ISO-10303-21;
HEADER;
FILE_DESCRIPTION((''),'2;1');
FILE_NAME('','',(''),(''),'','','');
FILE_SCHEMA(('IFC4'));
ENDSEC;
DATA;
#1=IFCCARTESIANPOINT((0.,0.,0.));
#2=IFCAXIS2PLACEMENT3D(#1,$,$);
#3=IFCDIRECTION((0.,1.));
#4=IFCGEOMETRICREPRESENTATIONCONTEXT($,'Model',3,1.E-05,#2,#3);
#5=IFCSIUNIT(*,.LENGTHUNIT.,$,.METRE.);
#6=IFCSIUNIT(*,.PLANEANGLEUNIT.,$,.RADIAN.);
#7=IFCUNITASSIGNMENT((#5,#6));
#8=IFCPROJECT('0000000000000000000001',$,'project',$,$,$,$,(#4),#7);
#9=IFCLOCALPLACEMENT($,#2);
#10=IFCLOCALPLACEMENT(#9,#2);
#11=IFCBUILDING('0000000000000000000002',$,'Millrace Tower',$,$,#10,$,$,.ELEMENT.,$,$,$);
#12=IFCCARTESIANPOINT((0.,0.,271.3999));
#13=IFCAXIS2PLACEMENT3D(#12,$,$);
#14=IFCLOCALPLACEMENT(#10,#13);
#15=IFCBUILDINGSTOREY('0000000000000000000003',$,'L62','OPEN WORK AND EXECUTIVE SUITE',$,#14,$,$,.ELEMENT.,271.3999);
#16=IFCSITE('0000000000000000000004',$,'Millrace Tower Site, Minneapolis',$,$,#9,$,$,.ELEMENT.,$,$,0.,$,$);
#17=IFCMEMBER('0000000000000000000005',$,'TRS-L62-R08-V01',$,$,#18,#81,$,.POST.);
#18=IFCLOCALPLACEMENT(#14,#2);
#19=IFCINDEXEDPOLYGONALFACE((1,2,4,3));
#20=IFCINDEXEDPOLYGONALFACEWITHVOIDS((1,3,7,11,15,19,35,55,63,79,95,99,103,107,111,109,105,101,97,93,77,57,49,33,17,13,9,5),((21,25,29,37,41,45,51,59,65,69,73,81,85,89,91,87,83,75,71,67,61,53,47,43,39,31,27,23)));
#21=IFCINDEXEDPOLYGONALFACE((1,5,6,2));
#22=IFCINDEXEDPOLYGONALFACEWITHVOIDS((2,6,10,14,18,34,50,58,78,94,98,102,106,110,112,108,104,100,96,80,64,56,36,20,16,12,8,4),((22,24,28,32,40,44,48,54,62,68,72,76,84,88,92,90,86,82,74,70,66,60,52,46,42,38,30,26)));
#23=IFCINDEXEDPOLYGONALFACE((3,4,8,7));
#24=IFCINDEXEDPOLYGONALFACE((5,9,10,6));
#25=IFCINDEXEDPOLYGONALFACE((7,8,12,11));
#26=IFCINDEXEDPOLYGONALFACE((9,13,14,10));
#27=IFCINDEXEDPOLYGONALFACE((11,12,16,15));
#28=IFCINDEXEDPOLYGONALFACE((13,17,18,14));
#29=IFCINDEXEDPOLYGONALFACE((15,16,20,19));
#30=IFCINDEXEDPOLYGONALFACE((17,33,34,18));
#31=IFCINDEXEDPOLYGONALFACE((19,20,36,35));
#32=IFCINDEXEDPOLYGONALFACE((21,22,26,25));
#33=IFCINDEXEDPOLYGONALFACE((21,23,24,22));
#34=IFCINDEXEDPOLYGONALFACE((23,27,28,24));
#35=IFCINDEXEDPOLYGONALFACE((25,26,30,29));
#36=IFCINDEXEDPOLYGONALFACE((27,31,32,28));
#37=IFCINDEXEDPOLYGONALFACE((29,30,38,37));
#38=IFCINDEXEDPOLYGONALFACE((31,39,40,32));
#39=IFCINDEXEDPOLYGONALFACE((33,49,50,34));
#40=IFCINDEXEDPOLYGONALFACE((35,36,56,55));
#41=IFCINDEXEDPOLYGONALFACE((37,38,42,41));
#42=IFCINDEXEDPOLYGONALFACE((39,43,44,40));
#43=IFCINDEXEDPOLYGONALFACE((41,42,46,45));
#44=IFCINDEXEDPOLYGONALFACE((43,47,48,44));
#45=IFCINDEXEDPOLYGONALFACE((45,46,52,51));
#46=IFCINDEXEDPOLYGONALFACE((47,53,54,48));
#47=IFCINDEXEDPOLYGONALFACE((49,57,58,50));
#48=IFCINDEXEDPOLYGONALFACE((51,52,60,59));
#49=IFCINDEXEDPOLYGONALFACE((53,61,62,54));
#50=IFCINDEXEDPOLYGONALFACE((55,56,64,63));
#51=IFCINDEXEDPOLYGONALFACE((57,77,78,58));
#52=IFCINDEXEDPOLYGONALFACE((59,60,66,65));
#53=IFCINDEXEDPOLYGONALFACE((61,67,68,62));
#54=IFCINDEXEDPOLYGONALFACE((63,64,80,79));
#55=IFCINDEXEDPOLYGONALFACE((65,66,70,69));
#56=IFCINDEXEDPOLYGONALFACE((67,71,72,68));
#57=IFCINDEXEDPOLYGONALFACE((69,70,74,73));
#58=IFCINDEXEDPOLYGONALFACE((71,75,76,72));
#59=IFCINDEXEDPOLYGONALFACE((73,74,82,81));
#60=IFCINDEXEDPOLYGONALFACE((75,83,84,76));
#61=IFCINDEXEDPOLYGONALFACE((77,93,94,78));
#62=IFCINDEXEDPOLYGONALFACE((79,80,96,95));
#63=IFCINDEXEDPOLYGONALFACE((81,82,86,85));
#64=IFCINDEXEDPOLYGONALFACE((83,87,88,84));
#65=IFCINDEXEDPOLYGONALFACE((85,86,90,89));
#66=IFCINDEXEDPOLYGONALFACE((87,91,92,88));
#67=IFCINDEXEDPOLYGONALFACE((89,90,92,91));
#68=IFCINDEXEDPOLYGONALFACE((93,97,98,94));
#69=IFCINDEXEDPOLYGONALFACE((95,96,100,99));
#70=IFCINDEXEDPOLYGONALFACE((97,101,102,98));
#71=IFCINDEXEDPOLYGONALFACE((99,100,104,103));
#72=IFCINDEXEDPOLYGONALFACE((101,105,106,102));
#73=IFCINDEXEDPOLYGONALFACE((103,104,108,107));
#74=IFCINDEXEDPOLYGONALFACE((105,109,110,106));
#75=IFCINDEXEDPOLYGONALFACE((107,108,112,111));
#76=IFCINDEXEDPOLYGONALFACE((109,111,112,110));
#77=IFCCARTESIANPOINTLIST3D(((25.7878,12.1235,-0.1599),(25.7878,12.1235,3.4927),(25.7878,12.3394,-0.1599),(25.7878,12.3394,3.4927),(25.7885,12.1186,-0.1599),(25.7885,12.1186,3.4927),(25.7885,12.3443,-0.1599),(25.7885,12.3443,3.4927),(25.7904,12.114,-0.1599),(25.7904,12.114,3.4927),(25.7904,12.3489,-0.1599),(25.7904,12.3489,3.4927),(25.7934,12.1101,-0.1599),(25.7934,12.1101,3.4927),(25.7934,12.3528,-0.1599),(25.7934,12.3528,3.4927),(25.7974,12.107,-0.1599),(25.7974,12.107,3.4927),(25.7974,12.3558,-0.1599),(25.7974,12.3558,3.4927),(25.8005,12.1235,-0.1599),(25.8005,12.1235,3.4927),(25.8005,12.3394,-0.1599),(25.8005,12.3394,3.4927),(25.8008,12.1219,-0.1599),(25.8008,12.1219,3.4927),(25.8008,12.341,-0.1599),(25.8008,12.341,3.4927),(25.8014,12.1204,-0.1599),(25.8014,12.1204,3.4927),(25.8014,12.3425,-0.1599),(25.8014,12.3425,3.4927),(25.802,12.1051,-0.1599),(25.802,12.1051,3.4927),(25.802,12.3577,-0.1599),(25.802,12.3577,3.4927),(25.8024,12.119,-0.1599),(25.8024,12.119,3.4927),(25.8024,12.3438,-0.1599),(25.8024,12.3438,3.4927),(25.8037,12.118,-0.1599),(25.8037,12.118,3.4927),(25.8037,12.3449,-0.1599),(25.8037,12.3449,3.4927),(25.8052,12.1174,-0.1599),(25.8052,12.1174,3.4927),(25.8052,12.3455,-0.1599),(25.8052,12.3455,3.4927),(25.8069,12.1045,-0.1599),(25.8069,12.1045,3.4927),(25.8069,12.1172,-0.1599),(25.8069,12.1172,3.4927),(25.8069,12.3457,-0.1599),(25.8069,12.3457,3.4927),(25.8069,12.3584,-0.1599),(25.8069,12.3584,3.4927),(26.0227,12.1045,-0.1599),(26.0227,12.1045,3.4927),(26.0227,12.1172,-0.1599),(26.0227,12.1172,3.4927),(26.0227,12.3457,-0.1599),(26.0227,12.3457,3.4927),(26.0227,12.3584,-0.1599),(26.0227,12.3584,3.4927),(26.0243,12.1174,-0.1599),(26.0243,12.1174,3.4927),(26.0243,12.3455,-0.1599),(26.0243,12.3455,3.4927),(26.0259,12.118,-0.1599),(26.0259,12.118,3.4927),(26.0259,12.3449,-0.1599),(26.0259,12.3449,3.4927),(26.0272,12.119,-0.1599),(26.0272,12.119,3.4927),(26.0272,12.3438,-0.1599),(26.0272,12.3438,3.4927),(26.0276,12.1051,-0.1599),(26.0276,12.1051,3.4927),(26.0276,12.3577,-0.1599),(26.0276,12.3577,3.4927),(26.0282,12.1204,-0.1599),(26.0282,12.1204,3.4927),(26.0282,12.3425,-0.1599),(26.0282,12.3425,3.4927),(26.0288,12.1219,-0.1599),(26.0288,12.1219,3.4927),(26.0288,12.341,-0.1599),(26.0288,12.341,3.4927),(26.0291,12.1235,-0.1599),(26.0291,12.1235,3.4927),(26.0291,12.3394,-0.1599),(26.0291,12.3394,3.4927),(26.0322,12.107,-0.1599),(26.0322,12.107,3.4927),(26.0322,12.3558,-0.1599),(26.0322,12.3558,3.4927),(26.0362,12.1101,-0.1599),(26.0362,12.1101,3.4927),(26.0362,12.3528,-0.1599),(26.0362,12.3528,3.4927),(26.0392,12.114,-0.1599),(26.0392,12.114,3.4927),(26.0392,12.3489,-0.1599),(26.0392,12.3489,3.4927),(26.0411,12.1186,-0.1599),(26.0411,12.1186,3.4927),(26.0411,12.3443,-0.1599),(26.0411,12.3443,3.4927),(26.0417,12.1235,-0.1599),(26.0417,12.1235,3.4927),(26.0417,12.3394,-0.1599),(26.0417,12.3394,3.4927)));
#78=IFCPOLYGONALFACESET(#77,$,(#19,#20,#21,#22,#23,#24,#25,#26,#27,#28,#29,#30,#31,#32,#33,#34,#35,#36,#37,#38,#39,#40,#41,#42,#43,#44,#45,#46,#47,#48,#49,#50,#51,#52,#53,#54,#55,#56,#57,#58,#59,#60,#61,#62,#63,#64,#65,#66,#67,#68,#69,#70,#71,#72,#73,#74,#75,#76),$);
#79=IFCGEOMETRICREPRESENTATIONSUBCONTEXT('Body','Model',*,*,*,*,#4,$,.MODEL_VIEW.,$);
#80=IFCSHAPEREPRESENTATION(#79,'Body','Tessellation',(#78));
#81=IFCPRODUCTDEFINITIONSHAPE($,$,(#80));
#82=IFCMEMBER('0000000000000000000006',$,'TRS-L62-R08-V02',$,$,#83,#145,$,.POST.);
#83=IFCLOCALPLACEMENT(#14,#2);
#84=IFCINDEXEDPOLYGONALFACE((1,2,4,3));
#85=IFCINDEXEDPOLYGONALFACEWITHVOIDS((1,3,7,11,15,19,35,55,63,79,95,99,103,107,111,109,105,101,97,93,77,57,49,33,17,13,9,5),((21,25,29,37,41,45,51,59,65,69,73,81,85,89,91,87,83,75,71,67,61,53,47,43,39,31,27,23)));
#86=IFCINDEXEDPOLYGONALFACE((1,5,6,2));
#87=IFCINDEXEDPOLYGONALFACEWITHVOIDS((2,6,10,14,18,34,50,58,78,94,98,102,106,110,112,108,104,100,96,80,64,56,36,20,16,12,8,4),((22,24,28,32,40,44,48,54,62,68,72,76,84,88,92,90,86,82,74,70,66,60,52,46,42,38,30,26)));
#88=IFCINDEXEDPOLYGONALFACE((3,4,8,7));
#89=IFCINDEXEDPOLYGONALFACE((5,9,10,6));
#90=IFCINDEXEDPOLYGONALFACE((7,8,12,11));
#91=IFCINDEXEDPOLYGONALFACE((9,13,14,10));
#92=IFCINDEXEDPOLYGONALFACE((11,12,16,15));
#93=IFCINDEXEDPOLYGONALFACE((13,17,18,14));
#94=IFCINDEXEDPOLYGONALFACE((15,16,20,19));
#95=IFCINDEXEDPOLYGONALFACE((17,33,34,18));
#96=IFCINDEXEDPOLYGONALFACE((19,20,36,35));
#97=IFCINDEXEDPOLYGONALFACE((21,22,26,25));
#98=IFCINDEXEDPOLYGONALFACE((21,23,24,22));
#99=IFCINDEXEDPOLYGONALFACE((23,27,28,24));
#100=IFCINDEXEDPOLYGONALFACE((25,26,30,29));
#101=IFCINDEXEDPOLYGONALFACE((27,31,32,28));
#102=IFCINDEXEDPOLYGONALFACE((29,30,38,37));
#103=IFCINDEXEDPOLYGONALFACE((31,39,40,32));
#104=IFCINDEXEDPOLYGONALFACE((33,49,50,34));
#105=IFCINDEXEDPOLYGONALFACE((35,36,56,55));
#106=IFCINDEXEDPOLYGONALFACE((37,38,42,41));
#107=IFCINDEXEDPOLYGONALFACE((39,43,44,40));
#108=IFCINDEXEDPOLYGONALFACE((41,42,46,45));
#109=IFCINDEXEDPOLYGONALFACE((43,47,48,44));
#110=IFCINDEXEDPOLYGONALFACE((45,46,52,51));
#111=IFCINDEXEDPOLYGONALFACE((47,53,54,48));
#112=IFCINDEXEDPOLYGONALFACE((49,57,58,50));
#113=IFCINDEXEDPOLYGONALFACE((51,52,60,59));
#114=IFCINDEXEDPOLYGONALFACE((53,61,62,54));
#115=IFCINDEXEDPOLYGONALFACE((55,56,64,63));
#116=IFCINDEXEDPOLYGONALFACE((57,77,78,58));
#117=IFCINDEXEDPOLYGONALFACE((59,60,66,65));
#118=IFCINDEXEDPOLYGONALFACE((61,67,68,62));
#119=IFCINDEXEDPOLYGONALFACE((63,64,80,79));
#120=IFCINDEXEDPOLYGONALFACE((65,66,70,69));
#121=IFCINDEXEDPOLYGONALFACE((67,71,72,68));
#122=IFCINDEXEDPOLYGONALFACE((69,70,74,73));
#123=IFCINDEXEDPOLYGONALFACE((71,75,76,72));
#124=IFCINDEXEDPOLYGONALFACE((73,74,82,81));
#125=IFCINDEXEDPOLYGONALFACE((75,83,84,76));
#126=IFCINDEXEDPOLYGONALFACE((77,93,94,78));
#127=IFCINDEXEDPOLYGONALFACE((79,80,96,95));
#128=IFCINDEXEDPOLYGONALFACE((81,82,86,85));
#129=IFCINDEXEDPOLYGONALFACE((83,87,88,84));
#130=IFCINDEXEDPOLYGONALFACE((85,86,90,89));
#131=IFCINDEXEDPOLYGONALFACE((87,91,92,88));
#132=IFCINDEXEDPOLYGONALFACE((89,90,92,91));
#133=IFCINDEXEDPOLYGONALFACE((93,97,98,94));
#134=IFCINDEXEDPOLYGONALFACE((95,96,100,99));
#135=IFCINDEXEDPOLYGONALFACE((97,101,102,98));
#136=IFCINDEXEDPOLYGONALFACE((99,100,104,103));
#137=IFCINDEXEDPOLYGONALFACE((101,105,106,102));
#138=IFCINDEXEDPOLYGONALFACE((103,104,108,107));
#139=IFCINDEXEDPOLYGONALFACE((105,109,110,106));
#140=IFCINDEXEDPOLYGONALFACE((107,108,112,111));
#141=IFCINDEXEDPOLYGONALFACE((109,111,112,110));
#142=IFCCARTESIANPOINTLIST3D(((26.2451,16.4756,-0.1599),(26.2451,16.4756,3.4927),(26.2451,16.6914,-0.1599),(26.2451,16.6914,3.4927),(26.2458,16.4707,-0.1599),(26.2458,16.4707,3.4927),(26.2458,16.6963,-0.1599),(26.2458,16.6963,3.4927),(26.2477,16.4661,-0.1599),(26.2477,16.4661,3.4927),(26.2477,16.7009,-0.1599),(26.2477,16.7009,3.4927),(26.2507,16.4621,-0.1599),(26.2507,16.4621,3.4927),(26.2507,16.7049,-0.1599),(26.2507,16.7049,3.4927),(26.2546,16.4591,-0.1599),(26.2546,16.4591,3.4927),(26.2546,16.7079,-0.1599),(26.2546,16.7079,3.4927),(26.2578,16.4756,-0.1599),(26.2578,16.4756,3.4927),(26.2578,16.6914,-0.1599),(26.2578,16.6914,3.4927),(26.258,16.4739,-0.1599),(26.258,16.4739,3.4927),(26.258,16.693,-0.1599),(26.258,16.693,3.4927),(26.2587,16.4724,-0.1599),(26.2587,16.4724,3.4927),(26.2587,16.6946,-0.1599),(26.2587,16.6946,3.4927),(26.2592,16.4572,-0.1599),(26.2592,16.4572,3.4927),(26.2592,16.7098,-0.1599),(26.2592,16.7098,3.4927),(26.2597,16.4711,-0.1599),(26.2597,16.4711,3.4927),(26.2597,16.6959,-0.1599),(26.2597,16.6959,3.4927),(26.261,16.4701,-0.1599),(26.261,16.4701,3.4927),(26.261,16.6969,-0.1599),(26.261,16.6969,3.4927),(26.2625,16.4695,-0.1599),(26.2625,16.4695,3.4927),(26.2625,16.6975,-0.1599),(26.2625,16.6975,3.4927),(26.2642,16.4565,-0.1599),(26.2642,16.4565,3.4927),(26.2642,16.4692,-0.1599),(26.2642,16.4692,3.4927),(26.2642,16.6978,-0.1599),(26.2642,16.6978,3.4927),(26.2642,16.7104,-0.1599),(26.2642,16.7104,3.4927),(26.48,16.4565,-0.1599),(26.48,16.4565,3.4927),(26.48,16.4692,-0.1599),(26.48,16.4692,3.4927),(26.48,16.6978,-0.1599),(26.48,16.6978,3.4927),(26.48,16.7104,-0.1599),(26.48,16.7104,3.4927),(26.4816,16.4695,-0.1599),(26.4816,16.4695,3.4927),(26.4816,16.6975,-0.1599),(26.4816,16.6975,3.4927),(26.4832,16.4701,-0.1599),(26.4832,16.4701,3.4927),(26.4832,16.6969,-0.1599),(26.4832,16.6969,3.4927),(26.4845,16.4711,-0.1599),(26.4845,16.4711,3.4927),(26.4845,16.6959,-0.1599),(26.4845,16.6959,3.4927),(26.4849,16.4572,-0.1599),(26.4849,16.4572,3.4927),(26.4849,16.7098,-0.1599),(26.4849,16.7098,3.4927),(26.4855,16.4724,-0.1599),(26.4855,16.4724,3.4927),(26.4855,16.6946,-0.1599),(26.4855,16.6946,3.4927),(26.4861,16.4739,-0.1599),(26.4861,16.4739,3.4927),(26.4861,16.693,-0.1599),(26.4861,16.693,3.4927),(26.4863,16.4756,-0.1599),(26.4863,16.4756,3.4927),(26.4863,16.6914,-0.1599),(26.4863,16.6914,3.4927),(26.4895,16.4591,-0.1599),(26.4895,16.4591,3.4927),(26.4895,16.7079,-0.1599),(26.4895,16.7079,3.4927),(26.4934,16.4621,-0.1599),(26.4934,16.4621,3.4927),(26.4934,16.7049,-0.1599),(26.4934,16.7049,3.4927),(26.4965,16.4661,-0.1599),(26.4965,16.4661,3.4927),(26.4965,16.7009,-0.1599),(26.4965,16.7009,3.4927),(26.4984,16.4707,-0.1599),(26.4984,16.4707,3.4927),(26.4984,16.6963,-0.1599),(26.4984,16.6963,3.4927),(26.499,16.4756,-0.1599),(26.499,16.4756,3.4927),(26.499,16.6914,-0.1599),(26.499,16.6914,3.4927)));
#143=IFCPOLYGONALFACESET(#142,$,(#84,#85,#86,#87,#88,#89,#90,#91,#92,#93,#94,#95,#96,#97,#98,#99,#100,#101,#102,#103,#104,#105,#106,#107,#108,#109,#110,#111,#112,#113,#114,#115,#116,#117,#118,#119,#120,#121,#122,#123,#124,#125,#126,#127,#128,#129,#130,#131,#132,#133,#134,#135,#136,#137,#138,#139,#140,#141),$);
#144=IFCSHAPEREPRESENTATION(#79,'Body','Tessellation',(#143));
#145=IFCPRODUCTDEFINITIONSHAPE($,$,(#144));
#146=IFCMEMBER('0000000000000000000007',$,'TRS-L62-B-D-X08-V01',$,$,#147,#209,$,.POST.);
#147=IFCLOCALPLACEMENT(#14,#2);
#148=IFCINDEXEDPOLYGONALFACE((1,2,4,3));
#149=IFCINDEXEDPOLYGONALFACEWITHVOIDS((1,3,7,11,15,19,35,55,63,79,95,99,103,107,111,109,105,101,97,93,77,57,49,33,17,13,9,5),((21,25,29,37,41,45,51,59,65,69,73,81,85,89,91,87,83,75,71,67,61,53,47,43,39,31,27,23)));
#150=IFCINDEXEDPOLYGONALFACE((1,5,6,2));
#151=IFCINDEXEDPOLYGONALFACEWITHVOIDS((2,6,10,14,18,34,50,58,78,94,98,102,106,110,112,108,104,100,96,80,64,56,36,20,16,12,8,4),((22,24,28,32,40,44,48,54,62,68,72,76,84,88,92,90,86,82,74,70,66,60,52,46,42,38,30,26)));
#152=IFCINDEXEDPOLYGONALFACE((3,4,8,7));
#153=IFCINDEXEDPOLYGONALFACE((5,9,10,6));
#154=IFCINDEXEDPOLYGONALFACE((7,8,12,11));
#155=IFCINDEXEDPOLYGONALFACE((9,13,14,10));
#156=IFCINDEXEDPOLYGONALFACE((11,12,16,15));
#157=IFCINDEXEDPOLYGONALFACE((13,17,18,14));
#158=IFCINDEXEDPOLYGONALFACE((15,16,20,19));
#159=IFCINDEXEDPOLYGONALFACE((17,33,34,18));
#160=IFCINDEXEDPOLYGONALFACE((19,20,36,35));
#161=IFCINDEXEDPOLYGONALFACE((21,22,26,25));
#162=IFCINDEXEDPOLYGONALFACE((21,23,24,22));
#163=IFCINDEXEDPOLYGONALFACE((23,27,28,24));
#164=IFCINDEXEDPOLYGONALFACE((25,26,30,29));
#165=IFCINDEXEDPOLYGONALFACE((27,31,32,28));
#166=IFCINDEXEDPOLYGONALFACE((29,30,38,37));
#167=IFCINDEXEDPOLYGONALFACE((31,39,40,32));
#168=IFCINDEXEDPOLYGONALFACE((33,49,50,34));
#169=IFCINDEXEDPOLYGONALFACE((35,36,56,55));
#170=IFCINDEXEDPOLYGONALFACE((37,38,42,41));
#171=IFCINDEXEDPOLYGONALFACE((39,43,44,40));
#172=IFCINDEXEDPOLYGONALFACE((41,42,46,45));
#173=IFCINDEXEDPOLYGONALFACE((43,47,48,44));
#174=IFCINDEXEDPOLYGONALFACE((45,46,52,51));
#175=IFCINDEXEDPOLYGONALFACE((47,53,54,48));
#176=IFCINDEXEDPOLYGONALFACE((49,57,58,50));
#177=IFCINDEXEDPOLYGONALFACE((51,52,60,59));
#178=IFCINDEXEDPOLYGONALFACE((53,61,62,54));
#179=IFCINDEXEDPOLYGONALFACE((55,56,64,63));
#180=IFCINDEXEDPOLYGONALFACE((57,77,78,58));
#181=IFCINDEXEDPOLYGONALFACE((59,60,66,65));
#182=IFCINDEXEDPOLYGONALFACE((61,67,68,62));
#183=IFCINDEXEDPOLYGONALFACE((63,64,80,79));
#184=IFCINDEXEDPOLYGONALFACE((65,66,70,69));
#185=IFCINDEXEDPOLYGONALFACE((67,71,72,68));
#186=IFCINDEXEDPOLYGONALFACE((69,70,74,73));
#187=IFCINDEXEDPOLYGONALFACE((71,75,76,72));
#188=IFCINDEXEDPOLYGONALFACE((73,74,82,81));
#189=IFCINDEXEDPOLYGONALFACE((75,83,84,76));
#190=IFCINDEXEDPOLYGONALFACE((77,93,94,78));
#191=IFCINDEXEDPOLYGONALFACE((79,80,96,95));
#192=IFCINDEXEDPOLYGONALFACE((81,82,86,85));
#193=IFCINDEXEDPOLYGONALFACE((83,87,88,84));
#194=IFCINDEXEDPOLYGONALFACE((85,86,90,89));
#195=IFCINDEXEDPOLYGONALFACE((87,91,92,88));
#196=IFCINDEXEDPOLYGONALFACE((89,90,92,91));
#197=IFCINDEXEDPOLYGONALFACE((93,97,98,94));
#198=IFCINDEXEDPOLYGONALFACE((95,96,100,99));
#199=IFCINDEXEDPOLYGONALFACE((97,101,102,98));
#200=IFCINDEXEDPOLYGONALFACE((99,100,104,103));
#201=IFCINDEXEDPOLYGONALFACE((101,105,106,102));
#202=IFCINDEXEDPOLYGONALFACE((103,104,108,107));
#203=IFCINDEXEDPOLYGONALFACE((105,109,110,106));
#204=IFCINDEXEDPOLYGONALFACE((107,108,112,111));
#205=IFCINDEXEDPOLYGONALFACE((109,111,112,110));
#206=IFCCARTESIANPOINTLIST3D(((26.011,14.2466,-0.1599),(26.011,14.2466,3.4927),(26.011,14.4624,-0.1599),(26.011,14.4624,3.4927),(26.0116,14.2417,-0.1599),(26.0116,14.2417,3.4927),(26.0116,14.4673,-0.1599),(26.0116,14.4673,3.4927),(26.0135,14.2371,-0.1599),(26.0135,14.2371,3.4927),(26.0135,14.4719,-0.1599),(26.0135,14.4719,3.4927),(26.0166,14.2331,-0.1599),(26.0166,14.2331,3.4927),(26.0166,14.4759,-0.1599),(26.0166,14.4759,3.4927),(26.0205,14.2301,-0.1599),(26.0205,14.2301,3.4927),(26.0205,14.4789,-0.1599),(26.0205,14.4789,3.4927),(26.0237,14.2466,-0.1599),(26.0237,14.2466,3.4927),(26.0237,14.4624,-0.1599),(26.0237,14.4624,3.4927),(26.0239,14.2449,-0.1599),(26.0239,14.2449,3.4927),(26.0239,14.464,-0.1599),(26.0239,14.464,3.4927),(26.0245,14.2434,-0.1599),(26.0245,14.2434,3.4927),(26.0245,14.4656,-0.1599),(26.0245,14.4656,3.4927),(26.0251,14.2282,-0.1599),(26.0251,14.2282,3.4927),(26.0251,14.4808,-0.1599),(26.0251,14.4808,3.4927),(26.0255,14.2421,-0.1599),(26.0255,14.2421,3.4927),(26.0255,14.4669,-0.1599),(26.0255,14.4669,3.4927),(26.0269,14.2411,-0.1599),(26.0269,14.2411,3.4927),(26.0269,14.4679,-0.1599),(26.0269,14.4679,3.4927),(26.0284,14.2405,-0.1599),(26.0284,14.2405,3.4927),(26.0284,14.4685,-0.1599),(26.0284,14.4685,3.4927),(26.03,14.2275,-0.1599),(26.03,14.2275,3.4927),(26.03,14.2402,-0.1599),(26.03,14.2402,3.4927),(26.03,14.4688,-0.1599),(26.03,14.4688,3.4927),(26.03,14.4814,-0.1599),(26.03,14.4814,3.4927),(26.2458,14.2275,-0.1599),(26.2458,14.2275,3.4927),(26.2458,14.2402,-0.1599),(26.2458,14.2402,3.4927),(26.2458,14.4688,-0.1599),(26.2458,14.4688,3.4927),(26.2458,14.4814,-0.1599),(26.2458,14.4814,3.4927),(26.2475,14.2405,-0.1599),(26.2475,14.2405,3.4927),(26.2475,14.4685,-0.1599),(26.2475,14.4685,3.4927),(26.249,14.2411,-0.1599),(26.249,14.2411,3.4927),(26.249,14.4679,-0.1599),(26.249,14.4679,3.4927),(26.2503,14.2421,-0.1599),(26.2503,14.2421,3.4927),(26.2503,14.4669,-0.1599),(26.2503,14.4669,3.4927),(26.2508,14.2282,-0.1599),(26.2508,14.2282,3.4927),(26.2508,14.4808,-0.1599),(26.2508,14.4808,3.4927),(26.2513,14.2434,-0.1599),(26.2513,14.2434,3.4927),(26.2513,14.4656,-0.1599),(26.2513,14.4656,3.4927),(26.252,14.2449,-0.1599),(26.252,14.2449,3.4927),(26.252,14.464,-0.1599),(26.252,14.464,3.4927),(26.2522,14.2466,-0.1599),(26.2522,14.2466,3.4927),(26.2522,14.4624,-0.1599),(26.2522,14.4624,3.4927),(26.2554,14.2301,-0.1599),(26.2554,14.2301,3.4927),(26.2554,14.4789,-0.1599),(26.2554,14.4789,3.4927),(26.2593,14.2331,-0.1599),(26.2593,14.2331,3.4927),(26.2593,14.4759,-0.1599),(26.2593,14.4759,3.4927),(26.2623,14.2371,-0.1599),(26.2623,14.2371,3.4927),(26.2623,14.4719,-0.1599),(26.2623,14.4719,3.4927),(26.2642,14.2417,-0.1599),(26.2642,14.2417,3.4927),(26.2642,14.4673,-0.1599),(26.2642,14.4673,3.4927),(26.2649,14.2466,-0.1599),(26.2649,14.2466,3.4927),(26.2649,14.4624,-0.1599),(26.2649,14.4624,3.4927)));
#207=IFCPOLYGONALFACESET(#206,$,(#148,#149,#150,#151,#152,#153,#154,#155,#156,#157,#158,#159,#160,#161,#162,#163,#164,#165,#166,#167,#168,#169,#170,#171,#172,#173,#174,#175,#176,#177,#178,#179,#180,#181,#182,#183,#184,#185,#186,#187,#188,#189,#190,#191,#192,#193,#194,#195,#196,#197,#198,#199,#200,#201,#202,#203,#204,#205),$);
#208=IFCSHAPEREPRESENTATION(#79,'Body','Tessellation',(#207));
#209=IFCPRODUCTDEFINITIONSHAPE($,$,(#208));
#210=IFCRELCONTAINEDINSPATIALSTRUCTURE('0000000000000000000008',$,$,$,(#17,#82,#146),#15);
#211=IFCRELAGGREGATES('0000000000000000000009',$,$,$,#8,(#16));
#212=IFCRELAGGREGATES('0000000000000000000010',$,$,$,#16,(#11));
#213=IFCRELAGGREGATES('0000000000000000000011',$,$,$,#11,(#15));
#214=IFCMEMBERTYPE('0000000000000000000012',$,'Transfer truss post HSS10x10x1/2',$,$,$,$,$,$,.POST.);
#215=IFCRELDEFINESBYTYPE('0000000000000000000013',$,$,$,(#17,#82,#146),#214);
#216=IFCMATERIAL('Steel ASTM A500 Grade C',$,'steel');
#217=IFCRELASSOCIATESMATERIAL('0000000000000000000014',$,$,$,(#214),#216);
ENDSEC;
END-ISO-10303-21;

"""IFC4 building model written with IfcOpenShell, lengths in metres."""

from ifc_helpers import new_model, si_unit, direction, frame, origin, origin_2d, place, context, subcontext, project, spatial, hollow_rectangle, extrude, material, material_profile, profile_set, type_object, element, save


model = new_model("IFC4")

# Units and contexts
model_context = context("Model", 3, precision=1e-05, world=origin(), true_north=direction((0.0, 1.0)))
body_context = subcontext(model_context, "Body", "Model", "MODEL_VIEW")
ifc_project = project(units=[si_unit("LENGTHUNIT", "METRE"), si_unit("PLANEANGLEUNIT", "RADIAN")], contexts=[model_context])

# Site, building, storey
site_placement = place(None, origin())
site = spatial("IfcSite", under=ifc_project, at=site_placement, Name="Millrace Tower Site, Minneapolis", CompositionType="ELEMENT", RefElevation=0.0)
building_placement = place(site_placement, origin())
building = spatial("IfcBuilding", under=site, at=building_placement, Name="Millrace Tower", CompositionType="ELEMENT")
storey_placement = place(building_placement, frame((0.0, 0.0, 271.3999)))
storey = spatial("IfcBuildingStorey", under=building, at=storey_placement, Name="L62", Description="OPEN WORK AND EXECUTIVE SUITE", CompositionType="ELEMENT", Elevation=271.3999)

# Members
ifc_material_1 = material(Name="Steel ASTM A500 Grade C", Category="steel")
ifc_material_profile_1 = material_profile(ifc_material_1, hollow_rectangle(XDim=0.2539, YDim=0.2539, WallThickness=0.0127, InnerFilletRadius=0.0063, OuterFilletRadius=0.019, at=origin_2d()))
ifc_profile_set_1 = profile_set([ifc_material_profile_1], Name="Steel ASTM A500 Grade C")
member_type_1 = type_object("IfcMemberType", Name="Transfer truss post HSS10x10x1/2", PredefinedType="POST", material=ifc_profile_set_1)
for number, where, z_axis, x_axis, name in (
    (1, (25.9148, 12.2314, -0.1599), (0.0, 0.0, 1.0), (1.0, 0.0, 0.0), "TRS-L62-R08-V01"),
    (2, (26.3721, 16.5835, -0.1599), (0.0, 0.0, 1.0), (1.0, 0.0, 0.0), "TRS-L62-R08-V02"),
    (3, (26.1379, 14.3545, -0.1599), (0.0, 0.0, 1.0), (1.0, 0.0, 0.0), "TRS-L62-B-D-X08-V01"),
):
    element("IfcMember", number, at=place(storey_placement, frame(where, z_axis=z_axis, x_axis=x_axis)), inside=storey, type_object=member_type_1, Name=name, PredefinedType="POST", context=body_context, shape_type="SweptSolid", body=[
        extrude(hollow_rectangle(XDim=0.2539, YDim=0.2539, WallThickness=0.0127, InnerFilletRadius=0.0063, OuterFilletRadius=0.019, at=origin_2d()), origin(), (0.0, 0.0, 1.0), 3.6526),
    ])

save(model, "model.ifc")
